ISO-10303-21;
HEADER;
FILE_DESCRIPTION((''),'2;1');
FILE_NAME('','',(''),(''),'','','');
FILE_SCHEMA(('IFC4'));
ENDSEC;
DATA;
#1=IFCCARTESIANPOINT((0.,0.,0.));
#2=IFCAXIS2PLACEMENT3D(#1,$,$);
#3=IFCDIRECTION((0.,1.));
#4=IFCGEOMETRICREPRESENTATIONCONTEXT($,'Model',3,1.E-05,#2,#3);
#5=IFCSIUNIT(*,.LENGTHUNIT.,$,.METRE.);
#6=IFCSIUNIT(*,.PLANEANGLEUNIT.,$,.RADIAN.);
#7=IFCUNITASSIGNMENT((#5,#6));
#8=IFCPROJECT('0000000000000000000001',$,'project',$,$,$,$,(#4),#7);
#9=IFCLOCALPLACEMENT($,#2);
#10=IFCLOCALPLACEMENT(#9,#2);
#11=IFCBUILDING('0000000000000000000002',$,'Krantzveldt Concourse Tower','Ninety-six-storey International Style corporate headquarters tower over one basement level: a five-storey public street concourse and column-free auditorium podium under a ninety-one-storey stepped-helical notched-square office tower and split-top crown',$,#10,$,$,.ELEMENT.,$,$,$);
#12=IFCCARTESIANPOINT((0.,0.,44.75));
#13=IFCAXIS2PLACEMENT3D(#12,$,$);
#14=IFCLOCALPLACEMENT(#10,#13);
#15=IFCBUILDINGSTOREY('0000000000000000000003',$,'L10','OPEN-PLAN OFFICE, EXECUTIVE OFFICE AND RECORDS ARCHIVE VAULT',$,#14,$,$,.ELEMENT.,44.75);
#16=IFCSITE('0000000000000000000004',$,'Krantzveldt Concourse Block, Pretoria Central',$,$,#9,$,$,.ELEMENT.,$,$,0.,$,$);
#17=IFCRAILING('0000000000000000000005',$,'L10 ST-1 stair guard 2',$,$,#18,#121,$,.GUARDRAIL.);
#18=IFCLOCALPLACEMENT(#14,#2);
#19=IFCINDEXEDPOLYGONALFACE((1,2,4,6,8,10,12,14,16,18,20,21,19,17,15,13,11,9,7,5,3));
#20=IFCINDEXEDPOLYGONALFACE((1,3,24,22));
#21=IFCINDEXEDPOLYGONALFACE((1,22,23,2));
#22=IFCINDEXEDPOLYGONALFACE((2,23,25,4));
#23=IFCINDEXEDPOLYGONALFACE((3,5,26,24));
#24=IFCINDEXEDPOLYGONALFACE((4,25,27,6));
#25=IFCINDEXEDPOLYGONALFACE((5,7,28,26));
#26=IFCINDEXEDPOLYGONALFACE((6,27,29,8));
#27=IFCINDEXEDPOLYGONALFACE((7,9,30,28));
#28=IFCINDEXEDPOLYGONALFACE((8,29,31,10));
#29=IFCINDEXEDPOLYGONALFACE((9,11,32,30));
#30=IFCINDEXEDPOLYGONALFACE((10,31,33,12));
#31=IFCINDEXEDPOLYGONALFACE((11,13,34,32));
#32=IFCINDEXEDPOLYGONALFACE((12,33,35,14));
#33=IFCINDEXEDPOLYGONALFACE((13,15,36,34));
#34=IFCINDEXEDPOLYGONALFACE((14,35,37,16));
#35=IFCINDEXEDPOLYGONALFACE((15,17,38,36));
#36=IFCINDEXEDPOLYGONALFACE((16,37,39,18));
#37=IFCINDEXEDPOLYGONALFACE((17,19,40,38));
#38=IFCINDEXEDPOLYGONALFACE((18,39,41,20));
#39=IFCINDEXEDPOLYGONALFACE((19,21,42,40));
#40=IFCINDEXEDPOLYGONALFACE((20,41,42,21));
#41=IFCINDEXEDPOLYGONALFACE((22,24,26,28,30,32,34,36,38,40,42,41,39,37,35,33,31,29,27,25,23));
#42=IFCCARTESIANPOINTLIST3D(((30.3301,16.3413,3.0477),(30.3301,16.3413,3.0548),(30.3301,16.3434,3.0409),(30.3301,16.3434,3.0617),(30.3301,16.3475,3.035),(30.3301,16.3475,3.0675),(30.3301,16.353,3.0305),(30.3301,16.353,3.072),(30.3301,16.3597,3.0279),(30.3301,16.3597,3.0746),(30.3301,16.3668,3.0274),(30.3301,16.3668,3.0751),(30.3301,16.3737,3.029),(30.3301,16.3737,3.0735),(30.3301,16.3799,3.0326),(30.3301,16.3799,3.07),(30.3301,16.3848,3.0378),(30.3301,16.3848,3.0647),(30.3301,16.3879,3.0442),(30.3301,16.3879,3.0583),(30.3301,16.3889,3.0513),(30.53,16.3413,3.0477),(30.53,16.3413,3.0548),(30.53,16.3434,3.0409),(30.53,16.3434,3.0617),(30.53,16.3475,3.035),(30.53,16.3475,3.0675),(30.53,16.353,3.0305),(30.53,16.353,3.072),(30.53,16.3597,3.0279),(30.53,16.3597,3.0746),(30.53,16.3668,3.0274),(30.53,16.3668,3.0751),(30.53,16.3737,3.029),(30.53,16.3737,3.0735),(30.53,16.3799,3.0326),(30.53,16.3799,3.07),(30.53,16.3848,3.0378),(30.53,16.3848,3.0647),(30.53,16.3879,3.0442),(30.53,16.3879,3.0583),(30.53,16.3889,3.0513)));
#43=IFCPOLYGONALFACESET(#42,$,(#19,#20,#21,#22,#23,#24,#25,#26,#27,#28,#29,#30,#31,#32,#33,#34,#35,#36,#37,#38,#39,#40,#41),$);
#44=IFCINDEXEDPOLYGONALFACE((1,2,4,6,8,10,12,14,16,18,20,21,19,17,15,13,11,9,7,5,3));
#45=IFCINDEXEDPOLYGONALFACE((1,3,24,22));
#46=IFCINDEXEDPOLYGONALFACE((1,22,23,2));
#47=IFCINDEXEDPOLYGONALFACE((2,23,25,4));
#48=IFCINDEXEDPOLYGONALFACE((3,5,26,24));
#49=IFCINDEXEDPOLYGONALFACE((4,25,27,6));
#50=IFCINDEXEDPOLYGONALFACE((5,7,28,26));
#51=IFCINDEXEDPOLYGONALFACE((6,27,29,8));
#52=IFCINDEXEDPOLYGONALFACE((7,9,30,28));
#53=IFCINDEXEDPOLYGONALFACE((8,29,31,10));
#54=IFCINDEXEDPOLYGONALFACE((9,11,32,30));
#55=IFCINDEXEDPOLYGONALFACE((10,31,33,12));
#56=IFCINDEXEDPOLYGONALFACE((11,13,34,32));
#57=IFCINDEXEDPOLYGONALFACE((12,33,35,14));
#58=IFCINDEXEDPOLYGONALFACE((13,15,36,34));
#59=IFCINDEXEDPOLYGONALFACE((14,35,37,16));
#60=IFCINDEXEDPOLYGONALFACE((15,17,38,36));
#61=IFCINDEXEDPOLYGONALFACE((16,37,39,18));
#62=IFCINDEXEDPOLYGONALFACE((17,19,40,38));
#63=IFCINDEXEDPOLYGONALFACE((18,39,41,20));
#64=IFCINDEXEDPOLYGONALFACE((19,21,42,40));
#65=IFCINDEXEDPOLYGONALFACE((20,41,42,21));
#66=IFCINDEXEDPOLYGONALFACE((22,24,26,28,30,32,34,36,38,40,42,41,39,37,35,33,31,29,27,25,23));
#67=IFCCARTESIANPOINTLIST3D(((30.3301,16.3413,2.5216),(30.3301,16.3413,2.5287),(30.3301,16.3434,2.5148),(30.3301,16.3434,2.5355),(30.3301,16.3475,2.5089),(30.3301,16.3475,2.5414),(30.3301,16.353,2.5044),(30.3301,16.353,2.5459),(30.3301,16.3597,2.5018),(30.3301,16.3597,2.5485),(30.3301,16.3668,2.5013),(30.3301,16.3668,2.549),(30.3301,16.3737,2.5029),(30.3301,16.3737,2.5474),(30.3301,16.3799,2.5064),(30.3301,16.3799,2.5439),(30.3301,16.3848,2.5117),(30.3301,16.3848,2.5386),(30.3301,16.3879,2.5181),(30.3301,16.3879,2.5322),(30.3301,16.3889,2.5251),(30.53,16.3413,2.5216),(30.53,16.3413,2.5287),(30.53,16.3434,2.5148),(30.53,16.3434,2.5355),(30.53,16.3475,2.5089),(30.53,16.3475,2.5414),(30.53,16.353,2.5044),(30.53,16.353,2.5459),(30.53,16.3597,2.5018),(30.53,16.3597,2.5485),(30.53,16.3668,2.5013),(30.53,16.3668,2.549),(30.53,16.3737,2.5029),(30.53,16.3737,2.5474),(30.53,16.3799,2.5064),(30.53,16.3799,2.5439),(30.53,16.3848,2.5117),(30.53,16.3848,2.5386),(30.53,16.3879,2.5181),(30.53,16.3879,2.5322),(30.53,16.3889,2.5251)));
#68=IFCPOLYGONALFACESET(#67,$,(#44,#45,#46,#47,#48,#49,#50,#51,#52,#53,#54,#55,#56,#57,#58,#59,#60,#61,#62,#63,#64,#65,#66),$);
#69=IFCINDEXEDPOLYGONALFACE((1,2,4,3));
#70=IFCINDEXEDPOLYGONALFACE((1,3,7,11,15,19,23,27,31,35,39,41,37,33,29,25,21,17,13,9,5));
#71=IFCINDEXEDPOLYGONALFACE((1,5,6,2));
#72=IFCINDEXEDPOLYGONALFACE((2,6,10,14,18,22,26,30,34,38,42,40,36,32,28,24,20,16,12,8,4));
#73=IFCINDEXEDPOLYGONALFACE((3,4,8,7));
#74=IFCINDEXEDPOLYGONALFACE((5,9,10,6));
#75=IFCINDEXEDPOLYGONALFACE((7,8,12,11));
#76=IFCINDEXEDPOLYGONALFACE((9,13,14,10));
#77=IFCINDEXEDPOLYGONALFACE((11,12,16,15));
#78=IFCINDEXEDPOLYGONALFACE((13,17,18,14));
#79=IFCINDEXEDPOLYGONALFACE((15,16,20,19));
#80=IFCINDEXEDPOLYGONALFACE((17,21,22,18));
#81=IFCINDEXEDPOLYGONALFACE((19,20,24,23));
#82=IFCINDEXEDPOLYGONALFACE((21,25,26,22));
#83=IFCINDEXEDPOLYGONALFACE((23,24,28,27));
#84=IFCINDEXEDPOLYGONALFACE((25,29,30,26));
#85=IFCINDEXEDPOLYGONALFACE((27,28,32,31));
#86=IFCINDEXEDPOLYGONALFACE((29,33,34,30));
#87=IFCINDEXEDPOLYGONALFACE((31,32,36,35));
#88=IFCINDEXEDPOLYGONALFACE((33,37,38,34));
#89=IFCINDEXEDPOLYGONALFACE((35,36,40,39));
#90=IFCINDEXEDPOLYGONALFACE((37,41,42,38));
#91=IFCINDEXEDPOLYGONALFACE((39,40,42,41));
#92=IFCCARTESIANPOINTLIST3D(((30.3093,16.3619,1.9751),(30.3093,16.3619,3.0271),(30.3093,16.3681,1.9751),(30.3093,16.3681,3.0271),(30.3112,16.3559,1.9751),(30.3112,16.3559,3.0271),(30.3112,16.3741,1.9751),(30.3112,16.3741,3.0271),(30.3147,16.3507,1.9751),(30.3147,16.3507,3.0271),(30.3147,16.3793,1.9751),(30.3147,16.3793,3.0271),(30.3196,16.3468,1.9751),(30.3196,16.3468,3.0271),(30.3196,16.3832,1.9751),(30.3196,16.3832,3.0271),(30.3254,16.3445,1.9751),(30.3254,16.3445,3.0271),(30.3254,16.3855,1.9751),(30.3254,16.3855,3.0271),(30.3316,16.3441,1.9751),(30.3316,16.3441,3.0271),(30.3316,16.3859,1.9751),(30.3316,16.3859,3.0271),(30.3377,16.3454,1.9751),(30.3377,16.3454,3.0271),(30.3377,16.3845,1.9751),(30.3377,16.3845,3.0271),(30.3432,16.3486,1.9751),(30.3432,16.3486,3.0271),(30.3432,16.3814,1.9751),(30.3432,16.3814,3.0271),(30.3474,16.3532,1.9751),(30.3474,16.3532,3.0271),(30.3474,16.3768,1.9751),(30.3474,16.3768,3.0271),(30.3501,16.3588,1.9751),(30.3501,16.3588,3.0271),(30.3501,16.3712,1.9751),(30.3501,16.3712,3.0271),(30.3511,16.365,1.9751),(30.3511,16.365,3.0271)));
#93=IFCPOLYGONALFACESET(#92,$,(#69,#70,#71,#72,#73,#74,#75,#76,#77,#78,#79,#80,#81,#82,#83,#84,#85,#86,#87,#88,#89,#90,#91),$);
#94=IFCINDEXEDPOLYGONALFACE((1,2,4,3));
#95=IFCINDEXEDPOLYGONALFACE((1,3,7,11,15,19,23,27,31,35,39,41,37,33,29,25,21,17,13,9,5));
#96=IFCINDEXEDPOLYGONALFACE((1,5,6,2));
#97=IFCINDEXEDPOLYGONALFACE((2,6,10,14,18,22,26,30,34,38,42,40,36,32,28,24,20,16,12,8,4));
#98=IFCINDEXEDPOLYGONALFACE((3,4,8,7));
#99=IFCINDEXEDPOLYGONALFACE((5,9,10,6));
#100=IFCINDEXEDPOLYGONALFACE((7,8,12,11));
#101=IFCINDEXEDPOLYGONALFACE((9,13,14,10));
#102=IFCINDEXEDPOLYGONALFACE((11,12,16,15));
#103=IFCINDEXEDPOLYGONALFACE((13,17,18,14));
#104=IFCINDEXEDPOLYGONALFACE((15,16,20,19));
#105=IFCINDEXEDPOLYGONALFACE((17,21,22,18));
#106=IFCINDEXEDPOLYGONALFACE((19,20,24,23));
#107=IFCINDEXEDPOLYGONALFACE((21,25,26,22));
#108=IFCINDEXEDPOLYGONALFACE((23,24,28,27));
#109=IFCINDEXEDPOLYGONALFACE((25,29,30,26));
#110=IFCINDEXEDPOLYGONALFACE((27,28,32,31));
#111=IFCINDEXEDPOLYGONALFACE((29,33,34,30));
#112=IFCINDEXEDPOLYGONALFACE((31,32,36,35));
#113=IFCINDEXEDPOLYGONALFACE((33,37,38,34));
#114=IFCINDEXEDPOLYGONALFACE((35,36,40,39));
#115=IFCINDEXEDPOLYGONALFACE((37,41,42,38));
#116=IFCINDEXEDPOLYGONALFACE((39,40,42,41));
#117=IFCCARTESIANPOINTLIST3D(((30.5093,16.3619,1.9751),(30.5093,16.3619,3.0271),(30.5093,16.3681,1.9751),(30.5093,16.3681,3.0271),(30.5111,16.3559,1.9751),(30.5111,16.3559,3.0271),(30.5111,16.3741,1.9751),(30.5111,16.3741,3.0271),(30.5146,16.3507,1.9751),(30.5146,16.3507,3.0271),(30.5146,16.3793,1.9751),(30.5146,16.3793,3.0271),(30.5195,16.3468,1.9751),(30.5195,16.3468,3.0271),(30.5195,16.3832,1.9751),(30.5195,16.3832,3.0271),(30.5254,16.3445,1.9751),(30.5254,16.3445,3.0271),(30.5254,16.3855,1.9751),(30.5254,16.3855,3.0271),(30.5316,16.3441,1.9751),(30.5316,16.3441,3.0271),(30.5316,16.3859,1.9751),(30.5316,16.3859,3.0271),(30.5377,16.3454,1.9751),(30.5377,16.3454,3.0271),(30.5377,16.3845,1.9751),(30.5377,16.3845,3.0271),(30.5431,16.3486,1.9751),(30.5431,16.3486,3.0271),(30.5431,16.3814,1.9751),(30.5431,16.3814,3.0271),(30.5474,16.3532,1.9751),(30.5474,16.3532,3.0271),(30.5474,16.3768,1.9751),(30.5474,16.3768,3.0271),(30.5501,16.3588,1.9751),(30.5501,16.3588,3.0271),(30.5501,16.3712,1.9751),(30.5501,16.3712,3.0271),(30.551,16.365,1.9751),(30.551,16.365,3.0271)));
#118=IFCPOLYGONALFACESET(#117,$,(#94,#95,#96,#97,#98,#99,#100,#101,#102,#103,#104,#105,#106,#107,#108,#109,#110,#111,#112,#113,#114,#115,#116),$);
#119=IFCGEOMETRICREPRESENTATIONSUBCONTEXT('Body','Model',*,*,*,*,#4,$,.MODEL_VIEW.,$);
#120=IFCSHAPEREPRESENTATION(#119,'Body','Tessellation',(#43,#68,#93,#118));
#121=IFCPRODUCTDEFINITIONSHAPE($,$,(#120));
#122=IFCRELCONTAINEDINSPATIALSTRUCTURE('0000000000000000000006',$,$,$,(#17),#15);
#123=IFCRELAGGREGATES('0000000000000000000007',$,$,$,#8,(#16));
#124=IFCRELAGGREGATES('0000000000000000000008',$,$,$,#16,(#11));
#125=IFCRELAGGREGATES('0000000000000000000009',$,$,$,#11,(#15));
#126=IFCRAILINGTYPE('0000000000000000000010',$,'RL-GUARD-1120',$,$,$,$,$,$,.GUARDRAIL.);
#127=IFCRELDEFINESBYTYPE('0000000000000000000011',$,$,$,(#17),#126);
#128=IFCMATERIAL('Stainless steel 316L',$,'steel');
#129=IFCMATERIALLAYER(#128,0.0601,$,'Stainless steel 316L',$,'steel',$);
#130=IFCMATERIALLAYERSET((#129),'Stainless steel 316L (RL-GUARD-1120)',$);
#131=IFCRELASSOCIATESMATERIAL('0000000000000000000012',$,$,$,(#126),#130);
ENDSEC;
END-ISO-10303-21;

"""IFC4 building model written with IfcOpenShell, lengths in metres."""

from ifc_helpers import new_model, si_unit, direction, frame, origin, origin_2d, place, context, subcontext, project, spatial, circle, extrude, material, layer, layer_set, type_object, element, save


model = new_model("IFC4")

# Units and contexts
model_context = context("Model", 3, precision=1e-05, world=origin(), true_north=direction((0.0, 1.0)))
body_context = subcontext(model_context, "Body", "Model", "MODEL_VIEW")
ifc_project = project(units=[si_unit("LENGTHUNIT", "METRE"), si_unit("PLANEANGLEUNIT", "RADIAN")], contexts=[model_context])

# Site, building, storey
site_placement = place(None, origin())
site = spatial("IfcSite", under=ifc_project, at=site_placement, Name="Krantzveldt Concourse Block, Pretoria Central", CompositionType="ELEMENT", RefElevation=0.0)
building_placement = place(site_placement, origin())
building = spatial("IfcBuilding", under=site, at=building_placement, Name="Krantzveldt Concourse Tower", Description="Ninety-six-storey International Style corporate headquarters tower over one basement level: a five-storey public street concourse and column-free auditorium podium under a ninety-one-storey stepped-helical notched-square office tower and split-top crown", CompositionType="ELEMENT")
storey_placement = place(building_placement, frame((0.0, 0.0, 44.75)))
storey = spatial("IfcBuildingStorey", under=building, at=storey_placement, Name="L10", Description="OPEN-PLAN OFFICE, EXECUTIVE OFFICE AND RECORDS ARCHIVE VAULT", CompositionType="ELEMENT", Elevation=44.75)

# Railing
ifc_material_1 = material(Name="Stainless steel 316L", Category="steel")
ifc_layer_1 = layer(ifc_material_1, 0.0601, Name="Stainless steel 316L", Category="steel")
ifc_layer_set_1 = layer_set([ifc_layer_1], Name="Stainless steel 316L (RL-GUARD-1120)")
railing_type_1 = type_object("IfcRailingType", Name="RL-GUARD-1120", PredefinedType="GUARDRAIL", material=ifc_layer_set_1)
railing_1_placement = place(storey_placement, frame((30.3301, 16.365, 1.9751)))
element("IfcRailing", 1, at=railing_1_placement, inside=storey, type_object=railing_type_1, Name="L10 ST-1 stair guard 2", PredefinedType="GUARDRAIL", context=body_context, shape_type="SweptSolid", body=[
    extrude(circle(Radius=0.0239, at=origin_2d()), frame((0.0, 0.0, 1.0762), z_axis=(1.0, 0.0, 0.0), x_axis=(0.0, 1.0, 0.0)), (0.0, 0.0, 1.0), 0.2),
    extrude(circle(Radius=0.0239, at=origin_2d()), frame((0.0, 0.0, 0.55), z_axis=(1.0, 0.0, 0.0), x_axis=(0.0, 1.0, 0.0)), (0.0, 0.0, 1.0), 0.2),
    extrude(circle(Radius=0.021, at=origin_2d()), origin(), (0.0, 0.0, 1.0), 1.052),
    extrude(circle(Radius=0.021, at=origin_2d()), frame((0.2, 0.0, 0.0)), (0.0, 0.0, 1.0), 1.052),
])

save(model, "model.ifc")
